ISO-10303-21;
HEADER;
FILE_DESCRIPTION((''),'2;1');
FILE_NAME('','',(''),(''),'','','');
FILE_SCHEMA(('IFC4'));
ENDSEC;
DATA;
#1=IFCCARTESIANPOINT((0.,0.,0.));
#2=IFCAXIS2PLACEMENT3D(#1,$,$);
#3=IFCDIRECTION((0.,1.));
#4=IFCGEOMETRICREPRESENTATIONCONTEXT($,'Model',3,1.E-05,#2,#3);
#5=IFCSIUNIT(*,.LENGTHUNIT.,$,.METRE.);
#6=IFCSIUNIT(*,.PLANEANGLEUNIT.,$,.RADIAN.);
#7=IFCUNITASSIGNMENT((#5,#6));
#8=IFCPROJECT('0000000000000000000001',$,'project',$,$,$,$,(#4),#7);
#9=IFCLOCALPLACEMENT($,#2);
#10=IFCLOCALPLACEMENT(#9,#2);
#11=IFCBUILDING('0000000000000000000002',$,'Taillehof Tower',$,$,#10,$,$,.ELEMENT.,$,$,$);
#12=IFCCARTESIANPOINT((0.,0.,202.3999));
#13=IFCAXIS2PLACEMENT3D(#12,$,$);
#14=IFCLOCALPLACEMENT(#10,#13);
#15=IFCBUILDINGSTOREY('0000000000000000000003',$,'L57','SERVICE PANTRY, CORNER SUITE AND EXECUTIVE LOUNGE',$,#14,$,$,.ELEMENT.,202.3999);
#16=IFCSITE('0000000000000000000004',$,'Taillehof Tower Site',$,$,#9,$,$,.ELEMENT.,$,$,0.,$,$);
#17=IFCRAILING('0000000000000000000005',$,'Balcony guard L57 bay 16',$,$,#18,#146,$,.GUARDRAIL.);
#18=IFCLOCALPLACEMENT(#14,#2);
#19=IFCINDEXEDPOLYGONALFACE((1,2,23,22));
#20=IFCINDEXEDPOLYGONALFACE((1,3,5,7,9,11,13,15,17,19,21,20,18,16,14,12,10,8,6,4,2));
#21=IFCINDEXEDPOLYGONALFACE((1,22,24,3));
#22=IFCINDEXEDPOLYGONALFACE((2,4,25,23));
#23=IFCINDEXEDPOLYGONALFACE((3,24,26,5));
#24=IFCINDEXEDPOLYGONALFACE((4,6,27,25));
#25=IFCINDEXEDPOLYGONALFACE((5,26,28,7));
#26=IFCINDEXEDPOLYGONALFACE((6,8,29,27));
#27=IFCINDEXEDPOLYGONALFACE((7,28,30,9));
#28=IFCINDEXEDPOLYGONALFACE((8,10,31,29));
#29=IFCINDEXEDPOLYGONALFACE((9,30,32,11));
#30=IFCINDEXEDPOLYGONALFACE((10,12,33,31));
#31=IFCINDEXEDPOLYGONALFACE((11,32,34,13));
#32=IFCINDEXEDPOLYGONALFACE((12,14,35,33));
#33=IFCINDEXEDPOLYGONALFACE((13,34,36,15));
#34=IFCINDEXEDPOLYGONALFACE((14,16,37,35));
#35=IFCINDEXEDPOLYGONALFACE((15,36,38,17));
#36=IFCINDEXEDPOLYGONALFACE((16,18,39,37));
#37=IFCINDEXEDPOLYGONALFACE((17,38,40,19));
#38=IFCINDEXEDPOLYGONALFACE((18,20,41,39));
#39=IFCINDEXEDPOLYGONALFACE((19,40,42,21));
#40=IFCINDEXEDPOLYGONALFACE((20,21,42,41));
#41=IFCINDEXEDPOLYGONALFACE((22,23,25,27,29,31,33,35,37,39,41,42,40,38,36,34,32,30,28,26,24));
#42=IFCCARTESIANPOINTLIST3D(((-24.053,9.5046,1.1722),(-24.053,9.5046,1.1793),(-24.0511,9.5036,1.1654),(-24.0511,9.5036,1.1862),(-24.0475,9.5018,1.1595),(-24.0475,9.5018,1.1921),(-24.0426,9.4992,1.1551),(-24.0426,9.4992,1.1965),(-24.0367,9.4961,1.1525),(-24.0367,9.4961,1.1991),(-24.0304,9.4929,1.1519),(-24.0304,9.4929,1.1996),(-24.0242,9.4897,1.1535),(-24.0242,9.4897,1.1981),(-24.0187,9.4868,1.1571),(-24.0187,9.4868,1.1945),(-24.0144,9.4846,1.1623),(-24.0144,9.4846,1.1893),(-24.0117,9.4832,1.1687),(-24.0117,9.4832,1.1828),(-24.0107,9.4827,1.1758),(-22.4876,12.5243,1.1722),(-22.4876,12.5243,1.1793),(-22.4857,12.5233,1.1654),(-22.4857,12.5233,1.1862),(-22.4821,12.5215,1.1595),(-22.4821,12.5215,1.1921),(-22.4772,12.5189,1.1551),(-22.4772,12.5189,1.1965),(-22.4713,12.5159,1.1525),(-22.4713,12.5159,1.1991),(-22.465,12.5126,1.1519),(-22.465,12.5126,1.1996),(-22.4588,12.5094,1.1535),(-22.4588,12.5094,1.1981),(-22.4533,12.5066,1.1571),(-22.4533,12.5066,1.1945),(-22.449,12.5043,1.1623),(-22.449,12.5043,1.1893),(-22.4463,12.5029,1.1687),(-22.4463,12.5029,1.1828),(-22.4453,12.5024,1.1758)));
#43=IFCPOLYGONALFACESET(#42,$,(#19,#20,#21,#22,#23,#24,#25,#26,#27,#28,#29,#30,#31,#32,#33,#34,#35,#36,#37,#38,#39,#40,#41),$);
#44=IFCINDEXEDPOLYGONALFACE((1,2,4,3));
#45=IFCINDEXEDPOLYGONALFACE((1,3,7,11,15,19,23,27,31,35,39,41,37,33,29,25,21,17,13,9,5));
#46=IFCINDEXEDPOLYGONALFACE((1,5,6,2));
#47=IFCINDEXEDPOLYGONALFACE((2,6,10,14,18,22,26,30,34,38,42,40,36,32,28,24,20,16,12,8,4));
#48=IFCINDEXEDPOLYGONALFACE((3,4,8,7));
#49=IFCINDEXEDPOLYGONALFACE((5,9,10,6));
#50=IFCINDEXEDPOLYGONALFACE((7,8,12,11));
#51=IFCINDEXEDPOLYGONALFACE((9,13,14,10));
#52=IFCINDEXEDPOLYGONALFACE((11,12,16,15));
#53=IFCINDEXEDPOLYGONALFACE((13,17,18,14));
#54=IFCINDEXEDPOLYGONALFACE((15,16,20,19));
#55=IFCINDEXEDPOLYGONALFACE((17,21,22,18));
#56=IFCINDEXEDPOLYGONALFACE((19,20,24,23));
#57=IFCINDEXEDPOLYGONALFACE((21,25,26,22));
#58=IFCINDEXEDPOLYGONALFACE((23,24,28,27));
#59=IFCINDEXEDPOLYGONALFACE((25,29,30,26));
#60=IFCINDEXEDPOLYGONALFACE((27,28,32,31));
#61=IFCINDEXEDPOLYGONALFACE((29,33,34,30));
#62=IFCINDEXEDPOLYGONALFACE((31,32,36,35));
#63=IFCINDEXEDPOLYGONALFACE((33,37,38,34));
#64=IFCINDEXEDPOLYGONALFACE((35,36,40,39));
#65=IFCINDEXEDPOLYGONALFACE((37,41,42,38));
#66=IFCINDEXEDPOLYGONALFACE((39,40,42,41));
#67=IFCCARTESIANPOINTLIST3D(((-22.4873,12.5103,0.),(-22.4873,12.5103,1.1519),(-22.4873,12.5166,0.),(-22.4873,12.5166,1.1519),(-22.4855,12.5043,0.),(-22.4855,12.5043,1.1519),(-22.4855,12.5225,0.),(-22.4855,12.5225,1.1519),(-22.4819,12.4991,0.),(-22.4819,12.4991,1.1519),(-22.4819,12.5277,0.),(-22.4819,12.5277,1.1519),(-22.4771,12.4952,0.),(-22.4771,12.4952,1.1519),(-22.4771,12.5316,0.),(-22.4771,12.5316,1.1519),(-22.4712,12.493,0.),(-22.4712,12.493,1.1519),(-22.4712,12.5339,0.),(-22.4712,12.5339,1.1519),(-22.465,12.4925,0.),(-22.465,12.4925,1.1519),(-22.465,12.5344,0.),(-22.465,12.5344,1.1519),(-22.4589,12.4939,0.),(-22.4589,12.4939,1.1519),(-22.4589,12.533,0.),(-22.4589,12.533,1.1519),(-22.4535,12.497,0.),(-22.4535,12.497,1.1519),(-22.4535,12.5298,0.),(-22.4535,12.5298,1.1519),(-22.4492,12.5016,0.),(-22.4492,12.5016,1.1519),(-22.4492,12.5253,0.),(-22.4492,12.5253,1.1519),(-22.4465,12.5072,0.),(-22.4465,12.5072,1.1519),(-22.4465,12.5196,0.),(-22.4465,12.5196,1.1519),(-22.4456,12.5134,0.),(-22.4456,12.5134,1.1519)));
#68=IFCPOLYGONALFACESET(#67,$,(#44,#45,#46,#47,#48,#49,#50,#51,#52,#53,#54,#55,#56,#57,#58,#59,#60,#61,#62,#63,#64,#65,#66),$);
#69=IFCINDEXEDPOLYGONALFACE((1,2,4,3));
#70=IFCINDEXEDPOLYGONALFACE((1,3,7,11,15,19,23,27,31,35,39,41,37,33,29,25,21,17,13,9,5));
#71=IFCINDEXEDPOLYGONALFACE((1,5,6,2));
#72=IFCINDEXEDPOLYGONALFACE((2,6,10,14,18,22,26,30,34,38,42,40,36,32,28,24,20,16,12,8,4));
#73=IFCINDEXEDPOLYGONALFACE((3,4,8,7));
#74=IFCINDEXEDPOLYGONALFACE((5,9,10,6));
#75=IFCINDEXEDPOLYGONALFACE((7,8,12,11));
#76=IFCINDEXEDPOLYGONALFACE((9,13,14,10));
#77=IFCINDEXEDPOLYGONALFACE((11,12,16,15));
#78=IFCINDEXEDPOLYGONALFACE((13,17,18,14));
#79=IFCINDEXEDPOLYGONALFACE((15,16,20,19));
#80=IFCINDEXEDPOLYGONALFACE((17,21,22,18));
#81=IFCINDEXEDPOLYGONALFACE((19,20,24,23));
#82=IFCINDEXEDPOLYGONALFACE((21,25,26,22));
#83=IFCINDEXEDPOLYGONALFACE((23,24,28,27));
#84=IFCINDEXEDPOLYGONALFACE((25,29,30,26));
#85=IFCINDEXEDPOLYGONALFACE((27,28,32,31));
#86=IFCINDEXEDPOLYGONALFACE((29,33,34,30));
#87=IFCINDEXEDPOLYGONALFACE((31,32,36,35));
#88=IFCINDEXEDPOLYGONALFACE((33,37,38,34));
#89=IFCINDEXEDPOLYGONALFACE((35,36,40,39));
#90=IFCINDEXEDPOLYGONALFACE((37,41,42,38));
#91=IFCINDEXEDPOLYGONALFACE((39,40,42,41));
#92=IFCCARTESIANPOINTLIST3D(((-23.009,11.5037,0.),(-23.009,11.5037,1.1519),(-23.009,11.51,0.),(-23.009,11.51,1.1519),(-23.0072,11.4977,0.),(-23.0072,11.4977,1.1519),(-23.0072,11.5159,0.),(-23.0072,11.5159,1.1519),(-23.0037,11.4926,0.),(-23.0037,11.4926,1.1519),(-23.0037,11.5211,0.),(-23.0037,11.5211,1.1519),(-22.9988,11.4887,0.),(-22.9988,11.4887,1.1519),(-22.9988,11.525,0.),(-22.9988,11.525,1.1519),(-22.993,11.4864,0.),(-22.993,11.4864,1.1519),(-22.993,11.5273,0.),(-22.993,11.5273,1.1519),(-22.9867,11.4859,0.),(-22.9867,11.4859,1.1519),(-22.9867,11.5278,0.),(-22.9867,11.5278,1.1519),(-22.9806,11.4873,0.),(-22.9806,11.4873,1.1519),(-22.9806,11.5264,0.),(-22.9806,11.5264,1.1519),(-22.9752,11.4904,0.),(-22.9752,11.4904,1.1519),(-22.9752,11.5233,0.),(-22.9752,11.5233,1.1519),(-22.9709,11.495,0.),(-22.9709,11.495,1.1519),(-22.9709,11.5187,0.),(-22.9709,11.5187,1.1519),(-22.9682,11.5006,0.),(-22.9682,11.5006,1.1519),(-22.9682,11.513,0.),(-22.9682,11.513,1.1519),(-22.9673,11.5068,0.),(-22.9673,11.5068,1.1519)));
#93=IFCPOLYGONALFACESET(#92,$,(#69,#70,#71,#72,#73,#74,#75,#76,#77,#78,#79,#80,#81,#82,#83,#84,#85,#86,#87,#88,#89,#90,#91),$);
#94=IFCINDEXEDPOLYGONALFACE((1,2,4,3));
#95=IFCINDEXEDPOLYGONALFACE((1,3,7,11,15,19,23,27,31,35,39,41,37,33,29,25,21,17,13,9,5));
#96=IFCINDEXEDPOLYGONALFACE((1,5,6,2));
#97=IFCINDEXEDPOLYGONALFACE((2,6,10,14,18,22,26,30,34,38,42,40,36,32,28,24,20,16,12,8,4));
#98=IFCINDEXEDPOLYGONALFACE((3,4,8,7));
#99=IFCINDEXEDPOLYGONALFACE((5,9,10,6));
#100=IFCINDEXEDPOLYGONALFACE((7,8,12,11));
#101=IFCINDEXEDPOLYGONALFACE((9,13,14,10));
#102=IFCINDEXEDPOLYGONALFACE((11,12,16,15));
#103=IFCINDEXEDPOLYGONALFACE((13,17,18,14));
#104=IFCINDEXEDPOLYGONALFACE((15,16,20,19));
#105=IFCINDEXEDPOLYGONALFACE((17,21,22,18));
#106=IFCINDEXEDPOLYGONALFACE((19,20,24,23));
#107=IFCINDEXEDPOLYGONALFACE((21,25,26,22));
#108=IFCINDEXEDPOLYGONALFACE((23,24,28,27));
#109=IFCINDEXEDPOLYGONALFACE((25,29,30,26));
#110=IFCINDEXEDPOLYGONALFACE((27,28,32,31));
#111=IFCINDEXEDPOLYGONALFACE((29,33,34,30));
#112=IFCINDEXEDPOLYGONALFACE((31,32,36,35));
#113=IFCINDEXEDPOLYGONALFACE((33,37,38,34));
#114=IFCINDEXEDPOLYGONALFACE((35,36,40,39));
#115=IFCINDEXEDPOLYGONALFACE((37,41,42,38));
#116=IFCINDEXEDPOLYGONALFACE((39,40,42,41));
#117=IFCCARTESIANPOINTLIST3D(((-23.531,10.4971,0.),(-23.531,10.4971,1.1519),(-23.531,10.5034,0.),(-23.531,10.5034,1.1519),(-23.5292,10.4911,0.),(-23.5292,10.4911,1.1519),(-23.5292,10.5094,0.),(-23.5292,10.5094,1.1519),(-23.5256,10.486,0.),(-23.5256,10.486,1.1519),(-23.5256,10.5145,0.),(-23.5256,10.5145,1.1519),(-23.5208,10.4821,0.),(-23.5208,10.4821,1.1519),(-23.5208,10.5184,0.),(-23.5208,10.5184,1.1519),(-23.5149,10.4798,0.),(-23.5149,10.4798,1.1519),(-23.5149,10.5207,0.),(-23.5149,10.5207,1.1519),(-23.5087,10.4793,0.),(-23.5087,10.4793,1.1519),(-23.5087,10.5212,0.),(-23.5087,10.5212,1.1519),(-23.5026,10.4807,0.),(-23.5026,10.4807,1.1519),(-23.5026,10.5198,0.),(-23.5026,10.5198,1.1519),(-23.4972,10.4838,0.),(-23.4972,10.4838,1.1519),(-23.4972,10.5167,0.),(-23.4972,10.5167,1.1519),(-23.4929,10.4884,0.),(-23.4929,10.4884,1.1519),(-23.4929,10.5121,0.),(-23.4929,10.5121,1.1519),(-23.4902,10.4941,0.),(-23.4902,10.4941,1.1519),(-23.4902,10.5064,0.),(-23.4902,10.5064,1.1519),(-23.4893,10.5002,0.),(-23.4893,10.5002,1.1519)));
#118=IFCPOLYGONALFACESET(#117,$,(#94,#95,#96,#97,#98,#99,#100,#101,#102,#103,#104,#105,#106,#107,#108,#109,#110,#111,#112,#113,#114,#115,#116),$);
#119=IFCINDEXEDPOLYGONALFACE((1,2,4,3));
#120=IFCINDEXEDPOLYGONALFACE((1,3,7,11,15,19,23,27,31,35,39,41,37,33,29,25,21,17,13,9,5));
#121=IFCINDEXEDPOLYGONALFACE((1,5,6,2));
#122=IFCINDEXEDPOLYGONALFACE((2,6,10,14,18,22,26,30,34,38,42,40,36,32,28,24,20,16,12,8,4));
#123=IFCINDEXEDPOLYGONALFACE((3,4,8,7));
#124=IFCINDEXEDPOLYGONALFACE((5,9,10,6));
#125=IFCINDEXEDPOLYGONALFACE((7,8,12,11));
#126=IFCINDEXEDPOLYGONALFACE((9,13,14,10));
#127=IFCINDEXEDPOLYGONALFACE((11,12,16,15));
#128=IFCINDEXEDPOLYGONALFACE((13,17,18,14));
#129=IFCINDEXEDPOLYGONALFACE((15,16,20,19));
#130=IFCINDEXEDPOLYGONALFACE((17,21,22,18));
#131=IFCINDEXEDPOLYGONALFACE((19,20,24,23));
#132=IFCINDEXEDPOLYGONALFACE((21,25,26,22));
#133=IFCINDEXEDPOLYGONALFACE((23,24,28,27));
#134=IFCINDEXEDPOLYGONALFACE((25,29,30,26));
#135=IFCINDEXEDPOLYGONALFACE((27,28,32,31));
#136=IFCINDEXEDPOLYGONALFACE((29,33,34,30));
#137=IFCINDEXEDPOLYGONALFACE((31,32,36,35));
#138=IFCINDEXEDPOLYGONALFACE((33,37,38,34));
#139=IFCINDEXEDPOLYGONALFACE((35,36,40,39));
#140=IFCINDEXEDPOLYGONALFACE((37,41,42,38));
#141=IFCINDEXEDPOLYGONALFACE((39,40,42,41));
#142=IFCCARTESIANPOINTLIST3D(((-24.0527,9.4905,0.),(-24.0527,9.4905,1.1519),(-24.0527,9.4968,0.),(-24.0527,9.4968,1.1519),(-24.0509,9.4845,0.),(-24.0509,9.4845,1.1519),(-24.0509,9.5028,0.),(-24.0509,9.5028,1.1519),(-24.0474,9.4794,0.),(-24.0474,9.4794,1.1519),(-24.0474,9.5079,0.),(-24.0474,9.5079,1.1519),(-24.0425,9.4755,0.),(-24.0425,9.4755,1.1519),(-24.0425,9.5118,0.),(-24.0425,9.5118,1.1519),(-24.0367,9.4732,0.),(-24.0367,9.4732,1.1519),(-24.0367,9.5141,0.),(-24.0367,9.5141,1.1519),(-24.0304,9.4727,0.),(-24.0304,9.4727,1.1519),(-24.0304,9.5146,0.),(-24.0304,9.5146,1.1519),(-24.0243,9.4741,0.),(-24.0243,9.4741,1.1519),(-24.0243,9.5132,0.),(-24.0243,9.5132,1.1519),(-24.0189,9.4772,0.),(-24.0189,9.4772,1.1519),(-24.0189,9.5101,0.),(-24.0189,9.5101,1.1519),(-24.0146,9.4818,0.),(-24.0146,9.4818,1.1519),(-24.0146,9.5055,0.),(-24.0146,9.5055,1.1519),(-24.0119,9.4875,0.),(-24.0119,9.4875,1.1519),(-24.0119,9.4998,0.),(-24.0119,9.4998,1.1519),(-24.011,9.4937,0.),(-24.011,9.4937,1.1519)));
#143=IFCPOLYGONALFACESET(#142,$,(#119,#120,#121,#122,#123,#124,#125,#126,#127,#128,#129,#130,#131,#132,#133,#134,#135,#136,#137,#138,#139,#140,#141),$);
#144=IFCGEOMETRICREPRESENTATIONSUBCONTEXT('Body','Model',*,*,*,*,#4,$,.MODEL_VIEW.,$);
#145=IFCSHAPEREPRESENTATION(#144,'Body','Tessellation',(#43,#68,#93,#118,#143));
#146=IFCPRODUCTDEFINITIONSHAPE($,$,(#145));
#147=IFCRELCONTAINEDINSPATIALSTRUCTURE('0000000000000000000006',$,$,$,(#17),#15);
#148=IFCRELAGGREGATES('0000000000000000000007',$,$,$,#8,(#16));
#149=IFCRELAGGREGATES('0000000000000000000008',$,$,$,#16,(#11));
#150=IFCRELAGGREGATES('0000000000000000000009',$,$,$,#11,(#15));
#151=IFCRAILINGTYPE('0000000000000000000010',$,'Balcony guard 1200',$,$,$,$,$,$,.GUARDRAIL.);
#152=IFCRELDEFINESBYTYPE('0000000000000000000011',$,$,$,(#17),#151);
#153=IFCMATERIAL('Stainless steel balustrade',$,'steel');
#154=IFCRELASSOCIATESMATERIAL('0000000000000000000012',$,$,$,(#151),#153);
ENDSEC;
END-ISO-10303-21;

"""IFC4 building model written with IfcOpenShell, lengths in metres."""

from ifc_helpers import new_model, si_unit, direction, frame, origin, origin_2d, place, context, subcontext, project, spatial, circle, extrude, material, type_object, element, save


model = new_model("IFC4")

# Units and contexts
model_context = context("Model", 3, precision=1e-05, world=origin(), true_north=direction((0.0, 1.0)))
body_context = subcontext(model_context, "Body", "Model", "MODEL_VIEW")
ifc_project = project(units=[si_unit("LENGTHUNIT", "METRE"), si_unit("PLANEANGLEUNIT", "RADIAN")], contexts=[model_context])

# Site, building, storey
site_placement = place(None, origin())
site = spatial("IfcSite", under=ifc_project, at=site_placement, Name="Taillehof Tower Site", CompositionType="ELEMENT", RefElevation=0.0)
building_placement = place(site_placement, origin())
building = spatial("IfcBuilding", under=site, at=building_placement, Name="Taillehof Tower", CompositionType="ELEMENT")
storey_placement = place(building_placement, frame((0.0, 0.0, 202.3999)))
storey = spatial("IfcBuildingStorey", under=building, at=storey_placement, Name="L57", Description="SERVICE PANTRY, CORNER SUITE AND EXECUTIVE LOUNGE", CompositionType="ELEMENT", Elevation=202.3999)

# Railing
ifc_material_1 = material(Name="Stainless steel balustrade", Category="steel")
railing_type = type_object("IfcRailingType", Name="Balcony guard 1200", PredefinedType="GUARDRAIL", material=ifc_material_1)
railing_1_placement = place(storey_placement, frame((-22.4666, 12.5134, 0.0)))
element("IfcRailing", 1, at=railing_1_placement, inside=storey, type_object=railing_type, Name="Balcony guard L57 bay 16", PredefinedType="GUARDRAIL", context=body_context, shape_type="SweptSolid", body=[
    extrude(circle(Radius=0.0239, at=origin_2d()), frame((0.0, 0.0, 1.1758), z_axis=(-0.460229, -0.8878, 0.0), x_axis=(0.8878, -0.460229, 0.0)), (0.0, 0.0, 1.0), 3.4014),
    extrude(circle(Radius=0.021, at=origin_2d()), origin(), (0.0, 0.0, 1.0), 1.1519),
    extrude(circle(Radius=0.021, at=origin_2d()), frame((-0.5217, -1.0066, 0.0)), (0.0, 0.0, 1.0), 1.1519),
    extrude(circle(Radius=0.021, at=origin_2d()), frame((-1.0437, -2.0132, 0.0)), (0.0, 0.0, 1.0), 1.1519),
    extrude(circle(Radius=0.021, at=origin_2d()), frame((-1.5654, -3.0198, 0.0)), (0.0, 0.0, 1.0), 1.1519),
])

save(model, "model.ifc")
